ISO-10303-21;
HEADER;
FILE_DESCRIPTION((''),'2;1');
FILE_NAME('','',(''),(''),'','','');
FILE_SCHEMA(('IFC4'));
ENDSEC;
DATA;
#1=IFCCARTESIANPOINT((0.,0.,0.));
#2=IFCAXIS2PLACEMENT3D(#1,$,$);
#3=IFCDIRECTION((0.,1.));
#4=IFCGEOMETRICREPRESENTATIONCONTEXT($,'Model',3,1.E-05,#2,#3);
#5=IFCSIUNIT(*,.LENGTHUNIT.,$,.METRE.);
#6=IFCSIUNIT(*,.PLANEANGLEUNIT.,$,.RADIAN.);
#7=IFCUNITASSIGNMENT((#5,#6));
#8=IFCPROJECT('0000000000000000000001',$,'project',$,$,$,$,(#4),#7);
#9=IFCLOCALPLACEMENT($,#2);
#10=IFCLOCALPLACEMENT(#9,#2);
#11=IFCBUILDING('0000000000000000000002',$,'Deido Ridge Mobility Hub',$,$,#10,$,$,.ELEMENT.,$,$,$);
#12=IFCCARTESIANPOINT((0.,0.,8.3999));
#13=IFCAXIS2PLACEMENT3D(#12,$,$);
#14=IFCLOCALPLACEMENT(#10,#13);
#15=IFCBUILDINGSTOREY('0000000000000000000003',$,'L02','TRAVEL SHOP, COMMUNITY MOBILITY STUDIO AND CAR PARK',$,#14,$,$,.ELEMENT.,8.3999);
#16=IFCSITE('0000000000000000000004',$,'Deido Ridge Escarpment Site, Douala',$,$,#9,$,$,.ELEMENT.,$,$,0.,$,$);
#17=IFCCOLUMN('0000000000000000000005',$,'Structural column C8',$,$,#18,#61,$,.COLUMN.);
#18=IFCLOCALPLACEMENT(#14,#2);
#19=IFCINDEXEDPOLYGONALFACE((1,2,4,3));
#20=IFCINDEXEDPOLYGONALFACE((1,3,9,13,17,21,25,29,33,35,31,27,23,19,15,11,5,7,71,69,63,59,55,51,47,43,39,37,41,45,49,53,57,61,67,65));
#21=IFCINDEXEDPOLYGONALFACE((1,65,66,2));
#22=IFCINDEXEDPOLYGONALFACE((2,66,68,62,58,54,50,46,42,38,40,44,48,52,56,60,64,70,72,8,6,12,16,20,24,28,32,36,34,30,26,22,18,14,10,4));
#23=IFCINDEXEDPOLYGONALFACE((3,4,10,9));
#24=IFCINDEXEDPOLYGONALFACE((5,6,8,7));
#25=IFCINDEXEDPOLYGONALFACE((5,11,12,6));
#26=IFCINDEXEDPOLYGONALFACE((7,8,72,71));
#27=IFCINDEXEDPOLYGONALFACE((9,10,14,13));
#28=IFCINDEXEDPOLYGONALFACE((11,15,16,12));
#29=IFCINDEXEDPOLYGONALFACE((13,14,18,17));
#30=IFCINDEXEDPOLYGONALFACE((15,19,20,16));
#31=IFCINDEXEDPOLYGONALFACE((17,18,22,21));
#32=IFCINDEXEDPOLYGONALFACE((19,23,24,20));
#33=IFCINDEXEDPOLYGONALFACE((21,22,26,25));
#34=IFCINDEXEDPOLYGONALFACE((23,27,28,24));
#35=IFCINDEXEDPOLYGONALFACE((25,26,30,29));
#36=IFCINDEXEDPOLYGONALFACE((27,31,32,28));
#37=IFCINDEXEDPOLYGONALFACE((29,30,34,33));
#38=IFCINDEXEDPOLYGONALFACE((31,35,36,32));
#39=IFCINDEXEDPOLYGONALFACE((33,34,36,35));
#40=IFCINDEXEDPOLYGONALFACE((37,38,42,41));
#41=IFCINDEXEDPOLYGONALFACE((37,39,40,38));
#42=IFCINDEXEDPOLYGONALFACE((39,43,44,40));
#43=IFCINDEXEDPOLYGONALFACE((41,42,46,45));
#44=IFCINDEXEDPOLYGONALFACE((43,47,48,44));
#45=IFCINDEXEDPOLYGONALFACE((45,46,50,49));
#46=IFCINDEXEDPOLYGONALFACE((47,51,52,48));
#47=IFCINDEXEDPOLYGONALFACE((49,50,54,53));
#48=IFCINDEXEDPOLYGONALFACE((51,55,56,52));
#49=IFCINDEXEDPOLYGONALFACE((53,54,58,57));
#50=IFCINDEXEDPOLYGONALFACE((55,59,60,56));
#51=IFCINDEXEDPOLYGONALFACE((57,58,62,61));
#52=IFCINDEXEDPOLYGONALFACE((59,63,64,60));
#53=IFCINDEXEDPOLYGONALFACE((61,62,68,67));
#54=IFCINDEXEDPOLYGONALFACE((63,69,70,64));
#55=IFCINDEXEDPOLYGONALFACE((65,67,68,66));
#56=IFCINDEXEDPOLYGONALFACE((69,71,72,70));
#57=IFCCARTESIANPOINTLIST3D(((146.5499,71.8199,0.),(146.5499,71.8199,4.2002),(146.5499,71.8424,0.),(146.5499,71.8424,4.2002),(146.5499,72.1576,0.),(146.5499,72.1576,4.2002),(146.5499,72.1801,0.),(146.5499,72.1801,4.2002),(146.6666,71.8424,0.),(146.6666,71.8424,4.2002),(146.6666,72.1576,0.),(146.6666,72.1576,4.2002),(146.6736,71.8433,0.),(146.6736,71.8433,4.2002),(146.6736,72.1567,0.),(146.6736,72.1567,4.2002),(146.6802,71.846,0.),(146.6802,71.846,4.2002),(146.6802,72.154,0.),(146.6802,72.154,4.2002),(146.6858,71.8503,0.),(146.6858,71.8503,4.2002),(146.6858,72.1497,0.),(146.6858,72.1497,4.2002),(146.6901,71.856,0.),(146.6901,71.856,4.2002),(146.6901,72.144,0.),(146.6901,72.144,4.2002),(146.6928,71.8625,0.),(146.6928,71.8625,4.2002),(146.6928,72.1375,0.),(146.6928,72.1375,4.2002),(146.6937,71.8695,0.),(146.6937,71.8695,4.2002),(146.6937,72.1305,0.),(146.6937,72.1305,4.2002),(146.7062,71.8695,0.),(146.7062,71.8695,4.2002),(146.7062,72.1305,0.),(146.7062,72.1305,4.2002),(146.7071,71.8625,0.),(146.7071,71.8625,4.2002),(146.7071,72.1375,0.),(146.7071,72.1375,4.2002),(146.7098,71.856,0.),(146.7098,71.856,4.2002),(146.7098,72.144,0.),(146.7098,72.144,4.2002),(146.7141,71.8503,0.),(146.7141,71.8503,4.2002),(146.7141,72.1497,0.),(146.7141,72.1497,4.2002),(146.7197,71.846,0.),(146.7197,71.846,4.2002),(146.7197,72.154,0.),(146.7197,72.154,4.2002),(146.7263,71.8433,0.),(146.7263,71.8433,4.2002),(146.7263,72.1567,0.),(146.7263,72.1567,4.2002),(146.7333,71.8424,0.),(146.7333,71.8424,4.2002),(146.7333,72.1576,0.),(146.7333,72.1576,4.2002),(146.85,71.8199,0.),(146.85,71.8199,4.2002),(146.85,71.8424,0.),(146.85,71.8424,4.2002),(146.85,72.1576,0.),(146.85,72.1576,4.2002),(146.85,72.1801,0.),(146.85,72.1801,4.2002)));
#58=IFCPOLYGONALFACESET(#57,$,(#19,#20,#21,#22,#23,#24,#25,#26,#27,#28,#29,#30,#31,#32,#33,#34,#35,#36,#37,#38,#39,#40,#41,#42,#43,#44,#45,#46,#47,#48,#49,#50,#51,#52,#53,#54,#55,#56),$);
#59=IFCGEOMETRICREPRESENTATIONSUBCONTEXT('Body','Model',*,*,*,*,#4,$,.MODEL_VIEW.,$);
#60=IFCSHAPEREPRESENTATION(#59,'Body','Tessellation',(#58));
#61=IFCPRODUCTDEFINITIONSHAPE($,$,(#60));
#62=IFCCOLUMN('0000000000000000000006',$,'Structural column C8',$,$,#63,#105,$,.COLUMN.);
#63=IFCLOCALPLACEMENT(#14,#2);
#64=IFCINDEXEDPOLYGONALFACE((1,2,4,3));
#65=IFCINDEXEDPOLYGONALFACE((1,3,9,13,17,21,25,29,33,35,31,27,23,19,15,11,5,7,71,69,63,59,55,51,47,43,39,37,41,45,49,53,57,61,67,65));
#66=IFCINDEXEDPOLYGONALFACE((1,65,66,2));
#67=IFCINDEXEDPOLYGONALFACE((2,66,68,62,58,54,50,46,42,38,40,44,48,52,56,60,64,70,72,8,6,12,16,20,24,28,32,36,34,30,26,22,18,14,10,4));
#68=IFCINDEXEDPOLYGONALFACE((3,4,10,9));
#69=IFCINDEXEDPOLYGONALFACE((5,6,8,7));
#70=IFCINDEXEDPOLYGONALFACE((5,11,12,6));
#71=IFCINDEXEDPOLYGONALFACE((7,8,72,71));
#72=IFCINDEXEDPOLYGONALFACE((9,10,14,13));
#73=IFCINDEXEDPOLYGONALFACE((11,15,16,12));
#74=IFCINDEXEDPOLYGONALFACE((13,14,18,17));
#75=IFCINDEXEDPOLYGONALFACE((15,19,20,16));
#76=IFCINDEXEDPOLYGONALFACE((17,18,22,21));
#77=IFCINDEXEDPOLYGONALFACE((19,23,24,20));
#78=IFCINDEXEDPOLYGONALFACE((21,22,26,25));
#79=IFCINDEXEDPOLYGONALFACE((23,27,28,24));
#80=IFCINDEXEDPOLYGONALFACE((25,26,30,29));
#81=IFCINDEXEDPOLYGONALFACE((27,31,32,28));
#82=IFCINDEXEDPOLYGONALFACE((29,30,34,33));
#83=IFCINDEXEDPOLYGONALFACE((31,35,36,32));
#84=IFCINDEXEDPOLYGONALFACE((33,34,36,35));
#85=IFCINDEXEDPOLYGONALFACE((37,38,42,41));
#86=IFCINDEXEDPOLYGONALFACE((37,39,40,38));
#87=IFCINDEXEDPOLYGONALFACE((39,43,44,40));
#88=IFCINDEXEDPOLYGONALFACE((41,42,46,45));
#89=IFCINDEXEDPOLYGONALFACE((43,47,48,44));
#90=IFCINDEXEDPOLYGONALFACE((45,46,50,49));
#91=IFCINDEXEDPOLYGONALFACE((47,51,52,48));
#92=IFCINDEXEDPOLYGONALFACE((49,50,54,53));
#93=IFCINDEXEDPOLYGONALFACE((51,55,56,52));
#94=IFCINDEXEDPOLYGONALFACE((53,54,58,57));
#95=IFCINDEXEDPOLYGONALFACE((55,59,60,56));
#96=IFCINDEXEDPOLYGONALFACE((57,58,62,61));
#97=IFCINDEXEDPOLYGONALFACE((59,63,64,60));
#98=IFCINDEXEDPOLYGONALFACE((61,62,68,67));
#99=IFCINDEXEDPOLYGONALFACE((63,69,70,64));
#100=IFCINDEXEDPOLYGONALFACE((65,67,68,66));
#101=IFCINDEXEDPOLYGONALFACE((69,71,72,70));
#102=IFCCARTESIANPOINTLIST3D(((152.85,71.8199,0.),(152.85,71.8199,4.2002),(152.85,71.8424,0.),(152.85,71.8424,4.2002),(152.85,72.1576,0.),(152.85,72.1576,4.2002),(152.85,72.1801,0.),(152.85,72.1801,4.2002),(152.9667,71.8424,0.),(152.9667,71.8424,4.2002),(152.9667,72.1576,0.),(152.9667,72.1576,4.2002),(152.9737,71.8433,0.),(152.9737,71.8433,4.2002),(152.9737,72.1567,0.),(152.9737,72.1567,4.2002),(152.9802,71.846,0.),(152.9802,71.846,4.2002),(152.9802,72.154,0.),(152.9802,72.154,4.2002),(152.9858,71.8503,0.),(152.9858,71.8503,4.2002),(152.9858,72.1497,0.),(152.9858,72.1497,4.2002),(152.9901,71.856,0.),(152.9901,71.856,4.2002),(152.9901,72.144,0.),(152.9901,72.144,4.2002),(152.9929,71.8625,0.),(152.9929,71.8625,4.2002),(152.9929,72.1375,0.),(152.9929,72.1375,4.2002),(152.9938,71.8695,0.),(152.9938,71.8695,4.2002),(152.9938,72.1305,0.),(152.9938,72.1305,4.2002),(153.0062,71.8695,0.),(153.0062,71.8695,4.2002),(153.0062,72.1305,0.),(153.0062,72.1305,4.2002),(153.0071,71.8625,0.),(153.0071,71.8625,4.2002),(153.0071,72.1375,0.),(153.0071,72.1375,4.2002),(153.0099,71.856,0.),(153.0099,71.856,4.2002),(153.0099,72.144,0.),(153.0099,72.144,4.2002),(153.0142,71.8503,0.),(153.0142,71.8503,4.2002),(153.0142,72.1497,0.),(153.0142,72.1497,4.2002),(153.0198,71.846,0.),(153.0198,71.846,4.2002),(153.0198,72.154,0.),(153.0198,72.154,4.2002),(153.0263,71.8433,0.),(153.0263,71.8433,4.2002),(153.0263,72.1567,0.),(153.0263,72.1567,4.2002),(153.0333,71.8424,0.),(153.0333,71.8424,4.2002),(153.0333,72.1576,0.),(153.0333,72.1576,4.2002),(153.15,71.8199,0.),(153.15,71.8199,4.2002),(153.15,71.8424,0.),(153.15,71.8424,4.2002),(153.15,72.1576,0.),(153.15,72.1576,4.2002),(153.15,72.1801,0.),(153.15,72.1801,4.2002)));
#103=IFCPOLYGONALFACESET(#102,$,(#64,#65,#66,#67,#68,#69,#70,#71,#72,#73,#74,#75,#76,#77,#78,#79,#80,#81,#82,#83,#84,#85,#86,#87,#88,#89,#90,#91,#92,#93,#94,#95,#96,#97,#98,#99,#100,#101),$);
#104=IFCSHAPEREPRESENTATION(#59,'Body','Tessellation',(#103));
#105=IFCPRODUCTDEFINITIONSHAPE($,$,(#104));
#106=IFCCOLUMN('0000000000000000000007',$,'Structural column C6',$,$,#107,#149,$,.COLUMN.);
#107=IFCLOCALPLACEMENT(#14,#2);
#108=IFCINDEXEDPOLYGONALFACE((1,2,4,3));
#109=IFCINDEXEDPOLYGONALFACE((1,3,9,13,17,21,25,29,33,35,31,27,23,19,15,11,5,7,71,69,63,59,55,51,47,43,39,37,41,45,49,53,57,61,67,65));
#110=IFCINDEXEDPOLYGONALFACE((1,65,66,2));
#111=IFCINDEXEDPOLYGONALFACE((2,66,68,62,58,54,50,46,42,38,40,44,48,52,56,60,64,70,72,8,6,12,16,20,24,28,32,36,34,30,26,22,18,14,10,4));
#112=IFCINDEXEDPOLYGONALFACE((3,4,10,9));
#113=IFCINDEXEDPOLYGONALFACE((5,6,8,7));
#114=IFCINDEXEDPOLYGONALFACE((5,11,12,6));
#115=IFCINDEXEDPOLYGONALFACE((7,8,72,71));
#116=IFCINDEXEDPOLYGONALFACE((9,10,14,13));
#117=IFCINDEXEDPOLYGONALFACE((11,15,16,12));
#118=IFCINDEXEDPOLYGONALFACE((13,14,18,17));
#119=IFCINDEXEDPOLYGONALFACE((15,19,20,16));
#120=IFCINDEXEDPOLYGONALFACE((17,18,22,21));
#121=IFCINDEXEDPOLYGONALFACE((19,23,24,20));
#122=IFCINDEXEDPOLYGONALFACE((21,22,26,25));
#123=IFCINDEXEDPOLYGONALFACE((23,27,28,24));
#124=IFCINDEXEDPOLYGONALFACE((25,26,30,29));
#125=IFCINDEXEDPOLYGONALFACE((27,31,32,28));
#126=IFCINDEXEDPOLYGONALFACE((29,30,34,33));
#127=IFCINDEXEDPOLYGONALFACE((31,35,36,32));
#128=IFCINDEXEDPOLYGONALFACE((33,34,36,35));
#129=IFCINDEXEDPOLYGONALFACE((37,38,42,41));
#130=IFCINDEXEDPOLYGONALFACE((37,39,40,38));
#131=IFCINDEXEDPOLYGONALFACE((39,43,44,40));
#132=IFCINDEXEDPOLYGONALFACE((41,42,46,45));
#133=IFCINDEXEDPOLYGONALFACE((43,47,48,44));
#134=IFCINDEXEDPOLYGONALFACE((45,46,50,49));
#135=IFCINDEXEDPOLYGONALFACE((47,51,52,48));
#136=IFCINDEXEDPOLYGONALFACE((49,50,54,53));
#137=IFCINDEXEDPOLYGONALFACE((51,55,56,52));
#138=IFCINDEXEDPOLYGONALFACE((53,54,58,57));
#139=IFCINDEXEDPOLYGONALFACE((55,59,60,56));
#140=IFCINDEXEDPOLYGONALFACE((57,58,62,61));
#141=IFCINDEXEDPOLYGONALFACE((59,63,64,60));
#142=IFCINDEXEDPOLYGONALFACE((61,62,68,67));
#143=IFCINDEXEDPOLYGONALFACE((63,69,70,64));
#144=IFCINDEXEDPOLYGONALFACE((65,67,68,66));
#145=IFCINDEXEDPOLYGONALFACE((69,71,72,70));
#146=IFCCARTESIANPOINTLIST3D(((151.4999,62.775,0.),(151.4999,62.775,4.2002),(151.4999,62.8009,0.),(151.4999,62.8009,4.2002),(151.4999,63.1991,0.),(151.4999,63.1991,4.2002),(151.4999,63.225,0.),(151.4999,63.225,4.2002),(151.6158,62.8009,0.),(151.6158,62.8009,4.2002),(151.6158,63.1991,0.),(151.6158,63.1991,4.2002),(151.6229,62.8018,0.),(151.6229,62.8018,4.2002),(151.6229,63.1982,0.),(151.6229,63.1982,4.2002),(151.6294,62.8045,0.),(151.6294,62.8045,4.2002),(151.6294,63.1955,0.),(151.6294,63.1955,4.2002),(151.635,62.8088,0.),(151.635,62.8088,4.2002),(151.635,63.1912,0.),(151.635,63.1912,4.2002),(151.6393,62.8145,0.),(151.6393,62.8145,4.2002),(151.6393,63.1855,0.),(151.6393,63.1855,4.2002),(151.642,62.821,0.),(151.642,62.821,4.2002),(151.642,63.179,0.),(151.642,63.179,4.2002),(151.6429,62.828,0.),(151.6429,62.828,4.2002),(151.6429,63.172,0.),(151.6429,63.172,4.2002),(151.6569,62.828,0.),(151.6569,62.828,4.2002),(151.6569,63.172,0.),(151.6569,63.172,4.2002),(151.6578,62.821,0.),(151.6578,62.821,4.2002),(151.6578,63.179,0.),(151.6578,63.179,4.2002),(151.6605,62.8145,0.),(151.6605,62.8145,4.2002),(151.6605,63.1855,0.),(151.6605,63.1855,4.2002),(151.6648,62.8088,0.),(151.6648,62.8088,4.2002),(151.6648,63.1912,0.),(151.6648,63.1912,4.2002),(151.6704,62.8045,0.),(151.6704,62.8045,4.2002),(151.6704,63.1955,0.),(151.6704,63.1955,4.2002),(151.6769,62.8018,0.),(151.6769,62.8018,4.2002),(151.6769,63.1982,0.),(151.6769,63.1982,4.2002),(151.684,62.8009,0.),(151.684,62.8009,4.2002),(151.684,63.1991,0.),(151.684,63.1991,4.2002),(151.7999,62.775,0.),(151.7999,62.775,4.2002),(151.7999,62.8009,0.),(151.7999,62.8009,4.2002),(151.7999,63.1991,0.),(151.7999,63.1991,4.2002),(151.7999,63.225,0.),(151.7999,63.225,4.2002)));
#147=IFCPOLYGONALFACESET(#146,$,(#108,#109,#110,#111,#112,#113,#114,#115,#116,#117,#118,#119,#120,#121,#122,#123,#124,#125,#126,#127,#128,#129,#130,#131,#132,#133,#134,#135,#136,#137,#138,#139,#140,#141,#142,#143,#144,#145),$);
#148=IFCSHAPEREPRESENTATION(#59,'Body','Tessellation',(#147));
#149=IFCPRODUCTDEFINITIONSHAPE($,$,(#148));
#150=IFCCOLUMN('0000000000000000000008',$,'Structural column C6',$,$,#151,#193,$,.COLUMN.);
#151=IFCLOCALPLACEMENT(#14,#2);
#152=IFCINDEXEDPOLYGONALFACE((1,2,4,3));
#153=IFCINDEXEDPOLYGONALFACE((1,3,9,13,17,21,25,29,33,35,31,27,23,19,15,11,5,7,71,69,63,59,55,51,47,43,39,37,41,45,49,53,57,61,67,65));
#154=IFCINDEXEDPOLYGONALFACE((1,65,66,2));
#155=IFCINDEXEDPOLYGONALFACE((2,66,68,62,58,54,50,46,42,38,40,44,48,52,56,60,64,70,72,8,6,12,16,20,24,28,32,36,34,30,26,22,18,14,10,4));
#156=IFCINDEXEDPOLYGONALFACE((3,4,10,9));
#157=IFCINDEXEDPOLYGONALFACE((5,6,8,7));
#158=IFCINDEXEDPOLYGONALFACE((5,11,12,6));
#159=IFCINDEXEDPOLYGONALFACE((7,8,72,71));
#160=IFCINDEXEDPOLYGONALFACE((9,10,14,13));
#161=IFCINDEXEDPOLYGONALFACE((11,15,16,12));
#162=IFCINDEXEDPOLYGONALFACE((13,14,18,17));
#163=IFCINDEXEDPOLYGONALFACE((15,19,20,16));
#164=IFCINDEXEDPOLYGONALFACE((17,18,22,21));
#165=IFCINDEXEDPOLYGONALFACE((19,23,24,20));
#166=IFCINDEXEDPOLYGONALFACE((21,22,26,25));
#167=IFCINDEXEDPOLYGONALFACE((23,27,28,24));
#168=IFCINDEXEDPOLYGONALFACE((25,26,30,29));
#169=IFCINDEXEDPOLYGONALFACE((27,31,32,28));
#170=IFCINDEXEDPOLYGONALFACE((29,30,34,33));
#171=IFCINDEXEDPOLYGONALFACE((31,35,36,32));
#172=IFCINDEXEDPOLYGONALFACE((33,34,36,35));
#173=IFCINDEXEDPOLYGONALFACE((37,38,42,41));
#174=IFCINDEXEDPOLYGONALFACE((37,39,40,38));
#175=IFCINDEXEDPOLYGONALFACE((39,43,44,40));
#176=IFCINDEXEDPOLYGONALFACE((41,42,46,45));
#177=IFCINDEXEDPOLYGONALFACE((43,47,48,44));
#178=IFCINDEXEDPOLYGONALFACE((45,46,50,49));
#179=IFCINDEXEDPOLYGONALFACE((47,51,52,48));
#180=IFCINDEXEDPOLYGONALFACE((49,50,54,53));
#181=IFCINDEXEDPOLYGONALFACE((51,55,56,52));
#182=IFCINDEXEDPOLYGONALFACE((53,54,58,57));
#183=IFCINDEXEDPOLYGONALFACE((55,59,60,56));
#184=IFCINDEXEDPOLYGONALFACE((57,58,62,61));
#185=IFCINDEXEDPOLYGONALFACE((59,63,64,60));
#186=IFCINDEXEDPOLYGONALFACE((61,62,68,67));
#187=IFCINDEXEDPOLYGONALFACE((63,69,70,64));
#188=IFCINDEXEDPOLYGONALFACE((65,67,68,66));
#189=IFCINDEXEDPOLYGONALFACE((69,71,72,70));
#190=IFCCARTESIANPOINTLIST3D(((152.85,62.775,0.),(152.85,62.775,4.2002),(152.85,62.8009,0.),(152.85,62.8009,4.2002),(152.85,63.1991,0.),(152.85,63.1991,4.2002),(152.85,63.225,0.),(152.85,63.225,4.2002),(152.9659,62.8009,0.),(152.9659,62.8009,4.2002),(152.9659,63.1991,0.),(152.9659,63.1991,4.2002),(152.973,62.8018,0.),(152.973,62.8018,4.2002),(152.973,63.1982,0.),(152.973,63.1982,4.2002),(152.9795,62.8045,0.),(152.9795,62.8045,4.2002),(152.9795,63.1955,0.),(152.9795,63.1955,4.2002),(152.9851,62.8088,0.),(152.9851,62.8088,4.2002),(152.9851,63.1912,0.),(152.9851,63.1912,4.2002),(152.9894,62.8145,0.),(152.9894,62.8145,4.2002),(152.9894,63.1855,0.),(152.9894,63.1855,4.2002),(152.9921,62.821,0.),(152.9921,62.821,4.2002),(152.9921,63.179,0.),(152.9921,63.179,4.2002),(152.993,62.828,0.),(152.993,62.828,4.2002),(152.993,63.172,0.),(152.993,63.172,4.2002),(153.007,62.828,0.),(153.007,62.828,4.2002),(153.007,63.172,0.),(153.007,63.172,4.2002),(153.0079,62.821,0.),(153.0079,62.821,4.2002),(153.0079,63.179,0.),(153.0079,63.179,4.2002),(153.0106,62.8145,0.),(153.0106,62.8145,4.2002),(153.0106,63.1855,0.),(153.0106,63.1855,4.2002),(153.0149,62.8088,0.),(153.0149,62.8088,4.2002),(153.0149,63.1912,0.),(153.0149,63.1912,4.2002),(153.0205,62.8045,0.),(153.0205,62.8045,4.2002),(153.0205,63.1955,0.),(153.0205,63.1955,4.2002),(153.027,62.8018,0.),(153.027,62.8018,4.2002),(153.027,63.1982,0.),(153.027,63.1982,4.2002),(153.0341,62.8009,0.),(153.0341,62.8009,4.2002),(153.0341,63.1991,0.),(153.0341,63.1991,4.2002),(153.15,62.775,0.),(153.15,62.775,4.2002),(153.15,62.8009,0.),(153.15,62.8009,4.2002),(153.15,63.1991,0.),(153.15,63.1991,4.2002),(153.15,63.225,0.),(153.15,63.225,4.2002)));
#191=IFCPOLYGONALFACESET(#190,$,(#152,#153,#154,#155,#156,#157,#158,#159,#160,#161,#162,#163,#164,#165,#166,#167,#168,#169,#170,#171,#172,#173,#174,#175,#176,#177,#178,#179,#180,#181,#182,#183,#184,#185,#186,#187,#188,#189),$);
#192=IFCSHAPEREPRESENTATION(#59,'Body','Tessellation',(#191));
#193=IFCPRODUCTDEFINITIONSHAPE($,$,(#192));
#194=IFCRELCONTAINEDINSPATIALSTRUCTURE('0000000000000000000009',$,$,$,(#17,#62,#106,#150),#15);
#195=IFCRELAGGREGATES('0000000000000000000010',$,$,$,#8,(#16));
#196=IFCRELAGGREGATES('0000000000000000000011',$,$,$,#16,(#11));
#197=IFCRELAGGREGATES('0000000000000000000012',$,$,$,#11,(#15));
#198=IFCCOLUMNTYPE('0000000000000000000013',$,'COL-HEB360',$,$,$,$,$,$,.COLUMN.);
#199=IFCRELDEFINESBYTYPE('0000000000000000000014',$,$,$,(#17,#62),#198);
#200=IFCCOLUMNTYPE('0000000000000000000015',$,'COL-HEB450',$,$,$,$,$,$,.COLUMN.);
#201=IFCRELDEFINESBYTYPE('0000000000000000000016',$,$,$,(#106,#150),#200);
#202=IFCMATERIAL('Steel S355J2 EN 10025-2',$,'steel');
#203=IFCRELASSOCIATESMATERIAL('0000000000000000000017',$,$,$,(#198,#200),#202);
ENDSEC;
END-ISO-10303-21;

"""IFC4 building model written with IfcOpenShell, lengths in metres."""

from ifc_helpers import new_model, si_unit, direction, frame, origin, origin_2d, place, context, subcontext, project, spatial, i_section, extrude, material, material_profile, profile_set, type_object, element, save


model = new_model("IFC4")

# Units and contexts
model_context = context("Model", 3, precision=1e-05, world=origin(), true_north=direction((0.0, 1.0)))
body_context = subcontext(model_context, "Body", "Model", "MODEL_VIEW")
ifc_project = project(units=[si_unit("LENGTHUNIT", "METRE"), si_unit("PLANEANGLEUNIT", "RADIAN")], contexts=[model_context])

# Site, building, storey
site_placement = place(None, origin())
site = spatial("IfcSite", under=ifc_project, at=site_placement, Name="Deido Ridge Escarpment Site, Douala", CompositionType="ELEMENT", RefElevation=0.0)
building_placement = place(site_placement, origin())
building = spatial("IfcBuilding", under=site, at=building_placement, Name="Deido Ridge Mobility Hub", CompositionType="ELEMENT")
storey_placement = place(building_placement, frame((0.0, 0.0, 8.3999)))
storey = spatial("IfcBuildingStorey", under=building, at=storey_placement, Name="L02", Description="TRAVEL SHOP, COMMUNITY MOBILITY STUDIO AND CAR PARK", CompositionType="ELEMENT", Elevation=8.3999)

# Columns
ifc_material_1 = material(Name="Steel S355J2 EN 10025-2", Category="steel")
ifc_material_profile_1 = material_profile(ifc_material_1, i_section(OverallWidth=0.3, OverallDepth=0.3601, WebThickness=0.0125, FlangeThickness=0.0225, FilletRadius=0.0271, at=origin_2d()), Name="HEB 360")
ifc_profile_set_1 = profile_set([ifc_material_profile_1], Name="Steel S355J2 EN 10025-2")
column_type_1 = type_object("IfcColumnType", Name="COL-HEB360", PredefinedType="COLUMN", material=ifc_profile_set_1)
for number, where, z_axis, x_axis, name in (
    (1, (146.7, 72.0, 0.0), (0.0, 0.0, 1.0), (1.0, 0.0, 0.0), "Structural column C8"),
    (2, (153.0, 72.0, 0.0), (0.0, 0.0, 1.0), (1.0, 0.0, 0.0), "Structural column C8"),
):
    element("IfcColumn", number, at=place(storey_placement, frame(where, z_axis=z_axis, x_axis=x_axis)), inside=storey, type_object=column_type_1, Name=name, PredefinedType="COLUMN", context=body_context, shape_type="SweptSolid", body=[
        extrude(i_section(OverallWidth=0.3, OverallDepth=0.3601, WebThickness=0.0125, FlangeThickness=0.0225, FilletRadius=0.0271, at=origin_2d()), origin(), (0.0, 0.0, 1.0), 4.2002),
    ])
ifc_material_profile_2 = material_profile(ifc_material_1, i_section(OverallWidth=0.3, OverallDepth=0.45, WebThickness=0.0139, FlangeThickness=0.0259, FilletRadius=0.0271, at=origin_2d()), Name="HEB 450")
ifc_profile_set_2 = profile_set([ifc_material_profile_2], Name="Steel S355J2 EN 10025-2")
column_type_2 = type_object("IfcColumnType", Name="COL-HEB450", PredefinedType="COLUMN", material=ifc_profile_set_2)
for number, where, z_axis, x_axis, name in (
    (3, (151.6499, 63.0, 0.0), (0.0, 0.0, 1.0), (1.0, 0.0, 0.0), "Structural column C6"),
    (4, (153.0, 63.0, 0.0), (0.0, 0.0, 1.0), (1.0, 0.0, 0.0), "Structural column C6"),
):
    element("IfcColumn", number, at=place(storey_placement, frame(where, z_axis=z_axis, x_axis=x_axis)), inside=storey, type_object=column_type_2, Name=name, PredefinedType="COLUMN", context=body_context, shape_type="SweptSolid", body=[
        extrude(i_section(OverallWidth=0.3, OverallDepth=0.45, WebThickness=0.0139, FlangeThickness=0.0259, FilletRadius=0.0271, at=origin_2d()), origin(), (0.0, 0.0, 1.0), 4.2002),
    ])

save(model, "model.ifc")
